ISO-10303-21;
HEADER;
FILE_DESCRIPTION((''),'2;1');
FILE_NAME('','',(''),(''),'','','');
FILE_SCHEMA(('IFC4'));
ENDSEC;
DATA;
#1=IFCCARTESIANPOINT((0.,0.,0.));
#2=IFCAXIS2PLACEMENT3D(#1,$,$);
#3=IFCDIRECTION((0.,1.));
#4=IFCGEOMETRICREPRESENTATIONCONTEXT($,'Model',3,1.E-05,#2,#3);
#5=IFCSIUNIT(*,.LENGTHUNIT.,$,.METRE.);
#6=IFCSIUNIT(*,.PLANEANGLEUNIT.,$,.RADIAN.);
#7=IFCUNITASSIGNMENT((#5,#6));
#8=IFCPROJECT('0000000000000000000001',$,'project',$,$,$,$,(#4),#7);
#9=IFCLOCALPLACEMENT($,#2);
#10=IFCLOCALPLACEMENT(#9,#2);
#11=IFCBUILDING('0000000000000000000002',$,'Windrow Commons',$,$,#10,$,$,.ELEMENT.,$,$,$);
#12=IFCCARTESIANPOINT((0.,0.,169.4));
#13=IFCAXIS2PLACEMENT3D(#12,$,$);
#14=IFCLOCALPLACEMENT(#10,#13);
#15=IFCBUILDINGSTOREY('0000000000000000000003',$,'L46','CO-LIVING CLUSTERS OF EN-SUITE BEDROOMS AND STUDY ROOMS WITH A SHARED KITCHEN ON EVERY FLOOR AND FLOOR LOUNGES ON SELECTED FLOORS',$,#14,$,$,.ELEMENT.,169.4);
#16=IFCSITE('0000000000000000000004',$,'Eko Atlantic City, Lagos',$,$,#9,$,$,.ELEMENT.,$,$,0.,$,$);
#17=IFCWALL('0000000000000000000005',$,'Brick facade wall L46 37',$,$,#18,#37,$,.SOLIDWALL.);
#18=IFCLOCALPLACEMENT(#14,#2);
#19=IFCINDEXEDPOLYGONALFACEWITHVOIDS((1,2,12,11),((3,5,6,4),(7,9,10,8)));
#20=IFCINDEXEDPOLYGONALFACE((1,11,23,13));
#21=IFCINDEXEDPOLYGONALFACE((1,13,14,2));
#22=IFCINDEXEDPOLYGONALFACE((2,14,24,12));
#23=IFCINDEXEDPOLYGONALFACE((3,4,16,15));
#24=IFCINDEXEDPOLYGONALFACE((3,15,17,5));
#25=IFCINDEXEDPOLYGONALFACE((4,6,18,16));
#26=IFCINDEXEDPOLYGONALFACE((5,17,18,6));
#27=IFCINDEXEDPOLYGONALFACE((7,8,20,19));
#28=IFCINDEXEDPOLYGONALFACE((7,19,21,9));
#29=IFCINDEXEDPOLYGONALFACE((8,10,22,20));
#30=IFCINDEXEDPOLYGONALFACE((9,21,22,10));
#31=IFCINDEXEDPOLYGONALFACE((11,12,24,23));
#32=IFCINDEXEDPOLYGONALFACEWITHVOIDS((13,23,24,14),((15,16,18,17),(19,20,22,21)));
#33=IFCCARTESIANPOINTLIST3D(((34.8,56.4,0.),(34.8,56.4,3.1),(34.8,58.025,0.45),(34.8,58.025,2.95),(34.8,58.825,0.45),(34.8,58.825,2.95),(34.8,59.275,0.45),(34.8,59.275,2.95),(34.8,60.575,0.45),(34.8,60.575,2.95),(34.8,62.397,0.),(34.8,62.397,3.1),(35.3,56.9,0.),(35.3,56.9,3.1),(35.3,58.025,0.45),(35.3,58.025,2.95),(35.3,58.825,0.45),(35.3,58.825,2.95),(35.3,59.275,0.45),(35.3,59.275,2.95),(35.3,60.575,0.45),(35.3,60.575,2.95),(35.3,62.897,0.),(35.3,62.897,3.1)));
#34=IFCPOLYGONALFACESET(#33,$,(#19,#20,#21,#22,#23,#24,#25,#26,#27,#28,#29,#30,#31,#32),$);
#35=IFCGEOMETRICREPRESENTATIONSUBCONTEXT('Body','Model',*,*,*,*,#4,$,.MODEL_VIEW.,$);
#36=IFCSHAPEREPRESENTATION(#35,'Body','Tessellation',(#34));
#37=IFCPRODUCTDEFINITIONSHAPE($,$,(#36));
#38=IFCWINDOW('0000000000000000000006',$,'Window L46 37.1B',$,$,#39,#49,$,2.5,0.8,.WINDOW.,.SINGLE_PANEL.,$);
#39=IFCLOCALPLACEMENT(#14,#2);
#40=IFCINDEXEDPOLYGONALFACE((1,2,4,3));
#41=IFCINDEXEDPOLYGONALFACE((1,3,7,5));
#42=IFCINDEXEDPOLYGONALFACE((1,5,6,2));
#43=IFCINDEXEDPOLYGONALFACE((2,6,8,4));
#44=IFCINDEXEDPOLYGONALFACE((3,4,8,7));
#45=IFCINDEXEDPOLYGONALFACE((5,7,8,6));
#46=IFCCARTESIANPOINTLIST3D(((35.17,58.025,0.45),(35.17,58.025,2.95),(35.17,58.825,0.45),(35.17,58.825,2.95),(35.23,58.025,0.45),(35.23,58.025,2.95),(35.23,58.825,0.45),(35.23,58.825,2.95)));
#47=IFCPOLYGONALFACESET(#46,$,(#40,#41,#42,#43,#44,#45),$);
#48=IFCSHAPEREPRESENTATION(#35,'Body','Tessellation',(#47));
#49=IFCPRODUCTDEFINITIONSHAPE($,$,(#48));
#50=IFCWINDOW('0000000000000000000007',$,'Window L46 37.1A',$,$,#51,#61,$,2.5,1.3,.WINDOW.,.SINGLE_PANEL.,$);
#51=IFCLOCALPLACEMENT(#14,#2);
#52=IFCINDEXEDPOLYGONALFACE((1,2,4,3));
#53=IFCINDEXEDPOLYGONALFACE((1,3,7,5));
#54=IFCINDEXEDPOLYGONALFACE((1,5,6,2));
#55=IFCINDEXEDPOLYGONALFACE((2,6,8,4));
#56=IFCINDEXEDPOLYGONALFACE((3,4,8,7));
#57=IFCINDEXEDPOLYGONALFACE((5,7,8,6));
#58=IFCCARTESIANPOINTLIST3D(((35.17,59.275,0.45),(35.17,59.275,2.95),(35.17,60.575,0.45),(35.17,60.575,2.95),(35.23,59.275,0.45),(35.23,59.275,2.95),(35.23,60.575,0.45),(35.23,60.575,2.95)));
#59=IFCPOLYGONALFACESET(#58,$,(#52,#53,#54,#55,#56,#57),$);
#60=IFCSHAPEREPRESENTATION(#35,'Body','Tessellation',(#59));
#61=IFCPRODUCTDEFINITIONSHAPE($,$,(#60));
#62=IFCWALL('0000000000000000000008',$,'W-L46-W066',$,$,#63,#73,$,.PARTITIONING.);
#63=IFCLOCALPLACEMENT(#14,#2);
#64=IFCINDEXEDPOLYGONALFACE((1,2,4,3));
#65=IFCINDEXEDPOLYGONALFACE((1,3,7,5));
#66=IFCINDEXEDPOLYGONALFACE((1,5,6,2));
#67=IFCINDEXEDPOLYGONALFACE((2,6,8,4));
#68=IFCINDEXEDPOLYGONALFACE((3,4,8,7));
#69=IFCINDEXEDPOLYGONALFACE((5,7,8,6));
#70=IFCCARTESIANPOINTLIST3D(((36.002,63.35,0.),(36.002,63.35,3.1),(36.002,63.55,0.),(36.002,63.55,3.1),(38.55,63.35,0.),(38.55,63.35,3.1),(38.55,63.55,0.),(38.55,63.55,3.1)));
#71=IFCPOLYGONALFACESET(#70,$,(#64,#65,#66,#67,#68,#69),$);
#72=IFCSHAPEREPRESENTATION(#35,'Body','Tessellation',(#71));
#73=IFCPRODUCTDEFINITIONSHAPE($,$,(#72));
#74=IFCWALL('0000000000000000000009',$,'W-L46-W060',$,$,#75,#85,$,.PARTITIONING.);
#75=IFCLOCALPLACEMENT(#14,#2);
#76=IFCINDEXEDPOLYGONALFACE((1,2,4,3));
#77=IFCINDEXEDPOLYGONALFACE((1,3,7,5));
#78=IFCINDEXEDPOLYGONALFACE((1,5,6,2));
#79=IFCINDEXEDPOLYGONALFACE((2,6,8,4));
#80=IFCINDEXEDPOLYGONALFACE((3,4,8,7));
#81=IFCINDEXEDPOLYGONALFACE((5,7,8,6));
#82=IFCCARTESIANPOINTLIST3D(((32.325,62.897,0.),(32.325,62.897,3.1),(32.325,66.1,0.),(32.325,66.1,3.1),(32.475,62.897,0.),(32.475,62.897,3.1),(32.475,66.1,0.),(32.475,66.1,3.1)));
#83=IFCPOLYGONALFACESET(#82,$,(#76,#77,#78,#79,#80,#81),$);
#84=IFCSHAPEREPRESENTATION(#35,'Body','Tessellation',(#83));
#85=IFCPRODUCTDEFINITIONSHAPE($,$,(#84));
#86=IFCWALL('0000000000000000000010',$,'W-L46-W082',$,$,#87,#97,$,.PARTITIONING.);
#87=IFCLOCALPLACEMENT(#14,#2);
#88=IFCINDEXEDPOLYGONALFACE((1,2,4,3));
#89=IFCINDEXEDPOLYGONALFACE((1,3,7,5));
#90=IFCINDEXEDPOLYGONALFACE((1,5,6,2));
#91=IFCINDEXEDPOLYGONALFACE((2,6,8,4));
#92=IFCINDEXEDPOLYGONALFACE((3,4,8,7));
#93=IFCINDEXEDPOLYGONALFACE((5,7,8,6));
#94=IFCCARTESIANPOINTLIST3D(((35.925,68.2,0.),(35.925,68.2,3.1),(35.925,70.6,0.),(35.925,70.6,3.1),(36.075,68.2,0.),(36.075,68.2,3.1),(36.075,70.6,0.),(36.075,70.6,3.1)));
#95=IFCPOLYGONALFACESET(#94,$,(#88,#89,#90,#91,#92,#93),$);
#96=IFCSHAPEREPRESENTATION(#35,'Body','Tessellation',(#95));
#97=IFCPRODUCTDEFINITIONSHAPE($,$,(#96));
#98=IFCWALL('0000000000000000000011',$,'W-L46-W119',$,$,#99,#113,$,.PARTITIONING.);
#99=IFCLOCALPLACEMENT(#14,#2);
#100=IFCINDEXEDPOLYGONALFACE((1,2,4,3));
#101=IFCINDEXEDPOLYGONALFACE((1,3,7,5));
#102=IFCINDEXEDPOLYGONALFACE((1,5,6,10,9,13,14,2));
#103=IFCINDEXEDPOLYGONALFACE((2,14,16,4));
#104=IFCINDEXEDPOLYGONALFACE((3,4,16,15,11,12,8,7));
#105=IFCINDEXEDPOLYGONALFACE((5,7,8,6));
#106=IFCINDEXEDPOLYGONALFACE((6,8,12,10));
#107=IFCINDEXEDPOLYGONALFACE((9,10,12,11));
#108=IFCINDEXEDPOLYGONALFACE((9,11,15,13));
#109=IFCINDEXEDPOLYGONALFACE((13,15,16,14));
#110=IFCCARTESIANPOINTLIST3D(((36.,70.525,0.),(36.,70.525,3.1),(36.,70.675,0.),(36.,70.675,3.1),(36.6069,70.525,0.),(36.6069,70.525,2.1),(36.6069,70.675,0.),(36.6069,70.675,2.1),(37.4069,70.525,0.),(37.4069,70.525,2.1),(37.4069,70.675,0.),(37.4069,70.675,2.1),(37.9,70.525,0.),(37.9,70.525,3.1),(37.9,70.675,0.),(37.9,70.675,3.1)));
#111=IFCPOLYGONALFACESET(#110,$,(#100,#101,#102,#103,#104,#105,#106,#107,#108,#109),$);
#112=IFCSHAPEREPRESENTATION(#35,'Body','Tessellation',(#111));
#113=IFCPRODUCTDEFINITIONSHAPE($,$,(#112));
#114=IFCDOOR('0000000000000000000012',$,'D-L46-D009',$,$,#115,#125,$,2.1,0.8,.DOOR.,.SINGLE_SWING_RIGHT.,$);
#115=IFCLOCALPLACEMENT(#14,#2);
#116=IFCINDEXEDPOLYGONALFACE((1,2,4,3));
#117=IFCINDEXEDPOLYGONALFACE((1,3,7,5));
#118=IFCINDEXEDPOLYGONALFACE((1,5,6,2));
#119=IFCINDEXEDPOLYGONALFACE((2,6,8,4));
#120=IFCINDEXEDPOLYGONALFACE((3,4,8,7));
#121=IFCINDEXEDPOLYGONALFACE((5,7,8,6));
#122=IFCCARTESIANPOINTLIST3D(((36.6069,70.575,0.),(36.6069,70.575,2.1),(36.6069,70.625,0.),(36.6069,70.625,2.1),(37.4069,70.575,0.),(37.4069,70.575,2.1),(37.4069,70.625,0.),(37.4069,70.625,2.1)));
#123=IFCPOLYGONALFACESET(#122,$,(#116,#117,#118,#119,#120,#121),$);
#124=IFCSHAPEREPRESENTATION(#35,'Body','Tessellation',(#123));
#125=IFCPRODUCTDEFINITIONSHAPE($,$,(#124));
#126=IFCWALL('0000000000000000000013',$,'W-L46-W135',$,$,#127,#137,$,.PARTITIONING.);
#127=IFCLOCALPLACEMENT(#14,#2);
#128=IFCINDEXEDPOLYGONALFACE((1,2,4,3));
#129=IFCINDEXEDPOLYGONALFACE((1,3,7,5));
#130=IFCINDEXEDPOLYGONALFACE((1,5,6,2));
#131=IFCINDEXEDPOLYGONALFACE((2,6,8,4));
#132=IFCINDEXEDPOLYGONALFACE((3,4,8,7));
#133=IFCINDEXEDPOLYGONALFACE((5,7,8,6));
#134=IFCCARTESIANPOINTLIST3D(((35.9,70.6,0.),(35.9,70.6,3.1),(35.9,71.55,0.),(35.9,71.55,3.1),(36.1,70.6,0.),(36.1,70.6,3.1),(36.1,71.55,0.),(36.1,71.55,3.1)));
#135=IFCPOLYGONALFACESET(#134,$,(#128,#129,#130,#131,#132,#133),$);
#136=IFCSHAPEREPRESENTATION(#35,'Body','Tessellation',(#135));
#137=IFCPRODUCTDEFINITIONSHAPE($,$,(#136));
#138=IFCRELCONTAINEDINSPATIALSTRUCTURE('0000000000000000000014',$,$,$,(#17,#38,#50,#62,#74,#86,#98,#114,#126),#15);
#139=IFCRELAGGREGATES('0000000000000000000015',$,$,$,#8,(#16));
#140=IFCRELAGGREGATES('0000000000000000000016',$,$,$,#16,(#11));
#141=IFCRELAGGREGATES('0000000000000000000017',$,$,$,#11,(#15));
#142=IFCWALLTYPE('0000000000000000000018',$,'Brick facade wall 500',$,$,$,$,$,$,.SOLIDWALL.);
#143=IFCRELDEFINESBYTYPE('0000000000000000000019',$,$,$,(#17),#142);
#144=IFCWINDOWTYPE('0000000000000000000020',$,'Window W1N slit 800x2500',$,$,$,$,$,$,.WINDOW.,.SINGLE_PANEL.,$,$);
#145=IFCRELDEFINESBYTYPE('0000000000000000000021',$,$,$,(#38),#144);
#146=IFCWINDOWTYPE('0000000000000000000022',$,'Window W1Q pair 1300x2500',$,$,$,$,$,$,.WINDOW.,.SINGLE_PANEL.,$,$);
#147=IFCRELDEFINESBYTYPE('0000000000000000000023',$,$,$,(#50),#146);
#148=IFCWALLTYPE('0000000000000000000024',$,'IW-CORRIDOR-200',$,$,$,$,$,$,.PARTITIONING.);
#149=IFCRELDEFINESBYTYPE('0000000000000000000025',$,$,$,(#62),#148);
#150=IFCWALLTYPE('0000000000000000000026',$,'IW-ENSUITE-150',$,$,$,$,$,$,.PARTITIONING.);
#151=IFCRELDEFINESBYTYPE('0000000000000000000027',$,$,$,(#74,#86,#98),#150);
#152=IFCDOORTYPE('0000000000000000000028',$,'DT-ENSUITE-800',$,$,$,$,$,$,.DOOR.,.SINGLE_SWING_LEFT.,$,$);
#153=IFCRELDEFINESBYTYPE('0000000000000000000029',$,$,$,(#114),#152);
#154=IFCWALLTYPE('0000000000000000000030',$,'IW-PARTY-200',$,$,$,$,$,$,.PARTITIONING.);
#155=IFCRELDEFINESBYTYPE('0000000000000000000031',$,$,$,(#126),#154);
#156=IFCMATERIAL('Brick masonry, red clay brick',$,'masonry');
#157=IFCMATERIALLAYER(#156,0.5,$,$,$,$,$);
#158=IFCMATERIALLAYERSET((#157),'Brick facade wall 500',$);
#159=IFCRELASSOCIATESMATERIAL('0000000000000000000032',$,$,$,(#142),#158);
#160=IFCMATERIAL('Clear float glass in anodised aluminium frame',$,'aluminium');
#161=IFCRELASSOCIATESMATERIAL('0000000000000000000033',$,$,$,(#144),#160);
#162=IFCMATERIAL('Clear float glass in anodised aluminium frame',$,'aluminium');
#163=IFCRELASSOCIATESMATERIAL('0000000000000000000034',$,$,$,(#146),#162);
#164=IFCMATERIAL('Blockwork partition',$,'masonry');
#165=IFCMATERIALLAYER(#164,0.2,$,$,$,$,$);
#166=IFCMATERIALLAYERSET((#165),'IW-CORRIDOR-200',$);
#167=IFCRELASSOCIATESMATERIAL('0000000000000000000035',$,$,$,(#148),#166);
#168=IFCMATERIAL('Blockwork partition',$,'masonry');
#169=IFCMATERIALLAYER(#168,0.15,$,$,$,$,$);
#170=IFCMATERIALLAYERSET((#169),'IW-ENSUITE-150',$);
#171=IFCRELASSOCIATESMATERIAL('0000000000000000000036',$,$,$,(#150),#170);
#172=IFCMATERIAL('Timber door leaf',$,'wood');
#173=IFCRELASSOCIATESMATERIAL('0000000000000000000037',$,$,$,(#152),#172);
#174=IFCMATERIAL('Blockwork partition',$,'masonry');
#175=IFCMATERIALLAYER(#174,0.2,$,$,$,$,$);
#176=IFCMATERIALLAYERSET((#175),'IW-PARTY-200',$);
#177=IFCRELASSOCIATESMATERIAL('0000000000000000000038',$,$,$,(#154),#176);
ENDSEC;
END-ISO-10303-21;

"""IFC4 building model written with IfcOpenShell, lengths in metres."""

from ifc_helpers import new_model, si_unit, direction, frame, frame_2d, origin, place, context, subcontext, project, spatial, polyline, rectangle, outline, extrude, material, layer, layer_set, type_object, element, fill, save


model = new_model("IFC4")

# Units and contexts
model_context = context("Model", 3, precision=1e-05, world=origin(), true_north=direction((0.0, 1.0)))
body_context = subcontext(model_context, "Body", "Model", "MODEL_VIEW")
ifc_project = project(units=[si_unit("LENGTHUNIT", "METRE"), si_unit("PLANEANGLEUNIT", "RADIAN")], contexts=[model_context])

# Site, building, storey
site_placement = place(None, origin())
site = spatial("IfcSite", under=ifc_project, at=site_placement, Name="Eko Atlantic City, Lagos", CompositionType="ELEMENT", RefElevation=0.0)
building_placement = place(site_placement, origin())
building = spatial("IfcBuilding", under=site, at=building_placement, Name="Windrow Commons", CompositionType="ELEMENT")
storey_placement = place(building_placement, frame((0.0, 0.0, 169.4)))
storey = spatial("IfcBuildingStorey", under=building, at=storey_placement, Name="L46", Description="CO-LIVING CLUSTERS OF EN-SUITE BEDROOMS AND STUDY ROOMS WITH A SHARED KITCHEN ON EVERY FLOOR AND FLOOR LOUNGES ON SELECTED FLOORS", CompositionType="ELEMENT", Elevation=169.4)

# Wall, openings, windows
ifc_material_1 = material(Name="Brick masonry, red clay brick", Category="masonry")
ifc_layer_1 = layer(ifc_material_1, 0.5)
ifc_layer_set_1 = layer_set([ifc_layer_1], Name="Brick facade wall 500")
wall_type_1 = type_object("IfcWallType", Name="Brick facade wall 500", PredefinedType="SOLIDWALL", material=ifc_layer_set_1)
wall_1_placement = place(storey_placement, frame((35.05, 62.647, 0.0), z_axis=(0.0, 0.0, 1.0), x_axis=(0.0, -1.0, 0.0)))
wall_1 = element("IfcWall", 1, at=wall_1_placement, inside=storey, type_object=wall_type_1, Name="Brick facade wall L46 37", PredefinedType="SOLIDWALL", context=body_context, shape_type="SweptSolid", body=[
    extrude(outline(polyline([(0.25, -0.25), (6.247, -0.25), (5.747, 0.25), (-0.25, 0.25), (0.25, -0.25)])), origin(), (0.0, 0.0, 1.0), 3.1),
])
opening_1_placement = place(wall_1_placement, frame((2.072, 0.0, 0.45)))
opening_1 = element("IfcOpeningElement", 2, at=opening_1_placement, cuts=wall_1, PredefinedType="OPENING", context=body_context, shape_type="SweptSolid", body=[
    extrude(rectangle(XDim=1.3, YDim=2.5, at=frame_2d((0.65, 1.25))), frame((0.0, 0.26, 0.0), z_axis=(0.0, -1.0, 0.0), x_axis=(1.0, 0.0, 0.0)), (0.0, 0.0, 1.0), 0.52),
])
opening_2_placement = place(wall_1_placement, frame((3.822, 0.0, 0.45)))
opening_2 = element("IfcOpeningElement", 3, at=opening_2_placement, cuts=wall_1, PredefinedType="OPENING", context=body_context, shape_type="SweptSolid", body=[
    extrude(rectangle(XDim=0.8, YDim=2.5, at=frame_2d((0.4, 1.25))), frame((0.0, 0.26, 0.0), z_axis=(0.0, -1.0, 0.0), x_axis=(1.0, 0.0, 0.0)), (0.0, 0.0, 1.0), 0.52),
])
ifc_material_2 = material(Name="Clear float glass in anodised aluminium frame", Category="aluminium")
window_type_1 = type_object("IfcWindowType", Name="Window W1N slit 800x2500", PartitioningType="SINGLE_PANEL", PredefinedType="WINDOW", material=ifc_material_2)
window_1_placement = place(opening_2_placement, origin())
window_1 = element("IfcWindow", 4, at=window_1_placement, inside=storey, type_object=window_type_1, Name="Window L46 37.1B", OverallHeight=2.5, OverallWidth=0.8, PartitioningType="SINGLE_PANEL", PredefinedType="WINDOW", context=body_context, shape_type="SweptSolid", body=[
    extrude(rectangle(XDim=0.8, YDim=2.5, at=frame_2d((0.4, 1.25))), frame((0.0, 0.18, 0.0), z_axis=(0.0, -1.0, 0.0), x_axis=(1.0, 0.0, 0.0)), (0.0, 0.0, 1.0), 0.06),
])
fill(opening_2, window_1)
ifc_material_3 = material(Name="Clear float glass in anodised aluminium frame", Category="aluminium")
window_type_2 = type_object("IfcWindowType", Name="Window W1Q pair 1300x2500", PartitioningType="SINGLE_PANEL", PredefinedType="WINDOW", material=ifc_material_3)
window_2_placement = place(opening_1_placement, origin())
window_2 = element("IfcWindow", 5, at=window_2_placement, inside=storey, type_object=window_type_2, Name="Window L46 37.1A", OverallHeight=2.5, OverallWidth=1.3, PartitioningType="SINGLE_PANEL", PredefinedType="WINDOW", context=body_context, shape_type="SweptSolid", body=[
    extrude(rectangle(XDim=1.3, YDim=2.5, at=frame_2d((0.65, 1.25))), frame((0.0, 0.18, 0.0), z_axis=(0.0, -1.0, 0.0), x_axis=(1.0, 0.0, 0.0)), (0.0, 0.0, 1.0), 0.06),
])
fill(opening_1, window_2)

# Walls
ifc_material_4 = material(Name="Blockwork partition", Category="masonry")
ifc_layer_2 = layer(ifc_material_4, 0.2)
ifc_layer_set_2 = layer_set([ifc_layer_2], Name="IW-CORRIDOR-200")
wall_type_2 = type_object("IfcWallType", Name="IW-CORRIDOR-200", PredefinedType="PARTITIONING", material=ifc_layer_set_2)
wall_2_placement = place(storey_placement, frame((36.002, 63.45, 0.0), z_axis=(0.0, 0.0, 1.0), x_axis=(1.0, 0.0, 0.0)))
element("IfcWall", 6, at=wall_2_placement, inside=storey, type_object=wall_type_2, Name="W-L46-W066", PredefinedType="PARTITIONING", context=body_context, shape_type="SweptSolid", body=[
    extrude(rectangle(XDim=2.548, YDim=0.2, at=frame_2d((1.274, 0.0))), origin(), (0.0, 0.0, 1.0), 3.1),
])
ifc_material_5 = material(Name="Blockwork partition", Category="masonry")
ifc_layer_3 = layer(ifc_material_5, 0.15)
ifc_layer_set_3 = layer_set([ifc_layer_3], Name="IW-ENSUITE-150")
wall_type_3 = type_object("IfcWallType", Name="IW-ENSUITE-150", PredefinedType="PARTITIONING", material=ifc_layer_set_3)
wall_3_placement = place(storey_placement, frame((32.4, 62.897, 0.0), z_axis=(0.0, 0.0, 1.0), x_axis=(0.0, 1.0, 0.0)))
element("IfcWall", 7, at=wall_3_placement, inside=storey, type_object=wall_type_3, Name="W-L46-W060", PredefinedType="PARTITIONING", context=body_context, shape_type="SweptSolid", body=[
    extrude(rectangle(XDim=3.203, YDim=0.15, at=frame_2d((1.6015, 0.0))), origin(), (0.0, 0.0, 1.0), 3.1),
])
wall_4_placement = place(storey_placement, frame((36.0, 68.2, 0.0), z_axis=(0.0, 0.0, 1.0), x_axis=(0.0, 1.0, 0.0)))
element("IfcWall", 8, at=wall_4_placement, inside=storey, type_object=wall_type_3, Name="W-L46-W082", PredefinedType="PARTITIONING", context=body_context, shape_type="SweptSolid", body=[
    extrude(rectangle(XDim=2.4, YDim=0.15, at=frame_2d((1.2, 0.0))), origin(), (0.0, 0.0, 1.0), 3.1),
])

# Wall, opening, door
wall_5_placement = place(storey_placement, frame((36.0, 70.6, 0.0), z_axis=(0.0, 0.0, 1.0), x_axis=(1.0, 0.0, 0.0)))
wall_5 = element("IfcWall", 9, at=wall_5_placement, inside=storey, type_object=wall_type_3, Name="W-L46-W119", PredefinedType="PARTITIONING", context=body_context, shape_type="SweptSolid", body=[
    extrude(rectangle(XDim=1.9, YDim=0.15, at=frame_2d((0.95, 0.0))), origin(), (0.0, 0.0, 1.0), 3.1),
])
opening_3_placement = place(wall_5_placement, frame((0.6069, 0.0, 0.0)))
opening_3 = element("IfcOpeningElement", 10, at=opening_3_placement, cuts=wall_5, PredefinedType="OPENING", context=body_context, shape_type="SweptSolid", body=[
    extrude(rectangle(XDim=0.8, YDim=2.1, at=frame_2d((0.4, 1.05))), frame((0.0, 0.085, 0.0), z_axis=(0.0, -1.0, 0.0), x_axis=(1.0, 0.0, 0.0)), (0.0, 0.0, 1.0), 0.17),
])
ifc_material_6 = material(Name="Timber door leaf", Category="wood")
door_type = type_object("IfcDoorType", Name="DT-ENSUITE-800", OperationType="SINGLE_SWING_LEFT", PredefinedType="DOOR", material=ifc_material_6)
door_placement = place(opening_3_placement, origin())
door = element("IfcDoor", 11, at=door_placement, inside=storey, type_object=door_type, Name="D-L46-D009", OperationType="SINGLE_SWING_RIGHT", OverallHeight=2.1, OverallWidth=0.8, PredefinedType="DOOR", context=body_context, shape_type="SweptSolid", body=[
    extrude(rectangle(XDim=0.8, YDim=2.1, at=frame_2d((0.4, 1.05))), frame((0.0, 0.025, 0.0), z_axis=(0.0, -1.0, 0.0), x_axis=(1.0, 0.0, 0.0)), (0.0, 0.0, 1.0), 0.05),
])
fill(opening_3, door)

# Wall
ifc_material_7 = material(Name="Blockwork partition", Category="masonry")
ifc_layer_4 = layer(ifc_material_7, 0.2)
ifc_layer_set_4 = layer_set([ifc_layer_4], Name="IW-PARTY-200")
wall_type_4 = type_object("IfcWallType", Name="IW-PARTY-200", PredefinedType="PARTITIONING", material=ifc_layer_set_4)
wall_6_placement = place(storey_placement, frame((36.0, 70.6, 0.0), z_axis=(0.0, 0.0, 1.0), x_axis=(0.0, 1.0, 0.0)))
element("IfcWall", 12, at=wall_6_placement, inside=storey, type_object=wall_type_4, Name="W-L46-W135", PredefinedType="PARTITIONING", context=body_context, shape_type="SweptSolid", body=[
    extrude(rectangle(XDim=0.95, YDim=0.2, at=frame_2d((0.475, 0.0))), origin(), (0.0, 0.0, 1.0), 3.1),
])

save(model, "model.ifc")
